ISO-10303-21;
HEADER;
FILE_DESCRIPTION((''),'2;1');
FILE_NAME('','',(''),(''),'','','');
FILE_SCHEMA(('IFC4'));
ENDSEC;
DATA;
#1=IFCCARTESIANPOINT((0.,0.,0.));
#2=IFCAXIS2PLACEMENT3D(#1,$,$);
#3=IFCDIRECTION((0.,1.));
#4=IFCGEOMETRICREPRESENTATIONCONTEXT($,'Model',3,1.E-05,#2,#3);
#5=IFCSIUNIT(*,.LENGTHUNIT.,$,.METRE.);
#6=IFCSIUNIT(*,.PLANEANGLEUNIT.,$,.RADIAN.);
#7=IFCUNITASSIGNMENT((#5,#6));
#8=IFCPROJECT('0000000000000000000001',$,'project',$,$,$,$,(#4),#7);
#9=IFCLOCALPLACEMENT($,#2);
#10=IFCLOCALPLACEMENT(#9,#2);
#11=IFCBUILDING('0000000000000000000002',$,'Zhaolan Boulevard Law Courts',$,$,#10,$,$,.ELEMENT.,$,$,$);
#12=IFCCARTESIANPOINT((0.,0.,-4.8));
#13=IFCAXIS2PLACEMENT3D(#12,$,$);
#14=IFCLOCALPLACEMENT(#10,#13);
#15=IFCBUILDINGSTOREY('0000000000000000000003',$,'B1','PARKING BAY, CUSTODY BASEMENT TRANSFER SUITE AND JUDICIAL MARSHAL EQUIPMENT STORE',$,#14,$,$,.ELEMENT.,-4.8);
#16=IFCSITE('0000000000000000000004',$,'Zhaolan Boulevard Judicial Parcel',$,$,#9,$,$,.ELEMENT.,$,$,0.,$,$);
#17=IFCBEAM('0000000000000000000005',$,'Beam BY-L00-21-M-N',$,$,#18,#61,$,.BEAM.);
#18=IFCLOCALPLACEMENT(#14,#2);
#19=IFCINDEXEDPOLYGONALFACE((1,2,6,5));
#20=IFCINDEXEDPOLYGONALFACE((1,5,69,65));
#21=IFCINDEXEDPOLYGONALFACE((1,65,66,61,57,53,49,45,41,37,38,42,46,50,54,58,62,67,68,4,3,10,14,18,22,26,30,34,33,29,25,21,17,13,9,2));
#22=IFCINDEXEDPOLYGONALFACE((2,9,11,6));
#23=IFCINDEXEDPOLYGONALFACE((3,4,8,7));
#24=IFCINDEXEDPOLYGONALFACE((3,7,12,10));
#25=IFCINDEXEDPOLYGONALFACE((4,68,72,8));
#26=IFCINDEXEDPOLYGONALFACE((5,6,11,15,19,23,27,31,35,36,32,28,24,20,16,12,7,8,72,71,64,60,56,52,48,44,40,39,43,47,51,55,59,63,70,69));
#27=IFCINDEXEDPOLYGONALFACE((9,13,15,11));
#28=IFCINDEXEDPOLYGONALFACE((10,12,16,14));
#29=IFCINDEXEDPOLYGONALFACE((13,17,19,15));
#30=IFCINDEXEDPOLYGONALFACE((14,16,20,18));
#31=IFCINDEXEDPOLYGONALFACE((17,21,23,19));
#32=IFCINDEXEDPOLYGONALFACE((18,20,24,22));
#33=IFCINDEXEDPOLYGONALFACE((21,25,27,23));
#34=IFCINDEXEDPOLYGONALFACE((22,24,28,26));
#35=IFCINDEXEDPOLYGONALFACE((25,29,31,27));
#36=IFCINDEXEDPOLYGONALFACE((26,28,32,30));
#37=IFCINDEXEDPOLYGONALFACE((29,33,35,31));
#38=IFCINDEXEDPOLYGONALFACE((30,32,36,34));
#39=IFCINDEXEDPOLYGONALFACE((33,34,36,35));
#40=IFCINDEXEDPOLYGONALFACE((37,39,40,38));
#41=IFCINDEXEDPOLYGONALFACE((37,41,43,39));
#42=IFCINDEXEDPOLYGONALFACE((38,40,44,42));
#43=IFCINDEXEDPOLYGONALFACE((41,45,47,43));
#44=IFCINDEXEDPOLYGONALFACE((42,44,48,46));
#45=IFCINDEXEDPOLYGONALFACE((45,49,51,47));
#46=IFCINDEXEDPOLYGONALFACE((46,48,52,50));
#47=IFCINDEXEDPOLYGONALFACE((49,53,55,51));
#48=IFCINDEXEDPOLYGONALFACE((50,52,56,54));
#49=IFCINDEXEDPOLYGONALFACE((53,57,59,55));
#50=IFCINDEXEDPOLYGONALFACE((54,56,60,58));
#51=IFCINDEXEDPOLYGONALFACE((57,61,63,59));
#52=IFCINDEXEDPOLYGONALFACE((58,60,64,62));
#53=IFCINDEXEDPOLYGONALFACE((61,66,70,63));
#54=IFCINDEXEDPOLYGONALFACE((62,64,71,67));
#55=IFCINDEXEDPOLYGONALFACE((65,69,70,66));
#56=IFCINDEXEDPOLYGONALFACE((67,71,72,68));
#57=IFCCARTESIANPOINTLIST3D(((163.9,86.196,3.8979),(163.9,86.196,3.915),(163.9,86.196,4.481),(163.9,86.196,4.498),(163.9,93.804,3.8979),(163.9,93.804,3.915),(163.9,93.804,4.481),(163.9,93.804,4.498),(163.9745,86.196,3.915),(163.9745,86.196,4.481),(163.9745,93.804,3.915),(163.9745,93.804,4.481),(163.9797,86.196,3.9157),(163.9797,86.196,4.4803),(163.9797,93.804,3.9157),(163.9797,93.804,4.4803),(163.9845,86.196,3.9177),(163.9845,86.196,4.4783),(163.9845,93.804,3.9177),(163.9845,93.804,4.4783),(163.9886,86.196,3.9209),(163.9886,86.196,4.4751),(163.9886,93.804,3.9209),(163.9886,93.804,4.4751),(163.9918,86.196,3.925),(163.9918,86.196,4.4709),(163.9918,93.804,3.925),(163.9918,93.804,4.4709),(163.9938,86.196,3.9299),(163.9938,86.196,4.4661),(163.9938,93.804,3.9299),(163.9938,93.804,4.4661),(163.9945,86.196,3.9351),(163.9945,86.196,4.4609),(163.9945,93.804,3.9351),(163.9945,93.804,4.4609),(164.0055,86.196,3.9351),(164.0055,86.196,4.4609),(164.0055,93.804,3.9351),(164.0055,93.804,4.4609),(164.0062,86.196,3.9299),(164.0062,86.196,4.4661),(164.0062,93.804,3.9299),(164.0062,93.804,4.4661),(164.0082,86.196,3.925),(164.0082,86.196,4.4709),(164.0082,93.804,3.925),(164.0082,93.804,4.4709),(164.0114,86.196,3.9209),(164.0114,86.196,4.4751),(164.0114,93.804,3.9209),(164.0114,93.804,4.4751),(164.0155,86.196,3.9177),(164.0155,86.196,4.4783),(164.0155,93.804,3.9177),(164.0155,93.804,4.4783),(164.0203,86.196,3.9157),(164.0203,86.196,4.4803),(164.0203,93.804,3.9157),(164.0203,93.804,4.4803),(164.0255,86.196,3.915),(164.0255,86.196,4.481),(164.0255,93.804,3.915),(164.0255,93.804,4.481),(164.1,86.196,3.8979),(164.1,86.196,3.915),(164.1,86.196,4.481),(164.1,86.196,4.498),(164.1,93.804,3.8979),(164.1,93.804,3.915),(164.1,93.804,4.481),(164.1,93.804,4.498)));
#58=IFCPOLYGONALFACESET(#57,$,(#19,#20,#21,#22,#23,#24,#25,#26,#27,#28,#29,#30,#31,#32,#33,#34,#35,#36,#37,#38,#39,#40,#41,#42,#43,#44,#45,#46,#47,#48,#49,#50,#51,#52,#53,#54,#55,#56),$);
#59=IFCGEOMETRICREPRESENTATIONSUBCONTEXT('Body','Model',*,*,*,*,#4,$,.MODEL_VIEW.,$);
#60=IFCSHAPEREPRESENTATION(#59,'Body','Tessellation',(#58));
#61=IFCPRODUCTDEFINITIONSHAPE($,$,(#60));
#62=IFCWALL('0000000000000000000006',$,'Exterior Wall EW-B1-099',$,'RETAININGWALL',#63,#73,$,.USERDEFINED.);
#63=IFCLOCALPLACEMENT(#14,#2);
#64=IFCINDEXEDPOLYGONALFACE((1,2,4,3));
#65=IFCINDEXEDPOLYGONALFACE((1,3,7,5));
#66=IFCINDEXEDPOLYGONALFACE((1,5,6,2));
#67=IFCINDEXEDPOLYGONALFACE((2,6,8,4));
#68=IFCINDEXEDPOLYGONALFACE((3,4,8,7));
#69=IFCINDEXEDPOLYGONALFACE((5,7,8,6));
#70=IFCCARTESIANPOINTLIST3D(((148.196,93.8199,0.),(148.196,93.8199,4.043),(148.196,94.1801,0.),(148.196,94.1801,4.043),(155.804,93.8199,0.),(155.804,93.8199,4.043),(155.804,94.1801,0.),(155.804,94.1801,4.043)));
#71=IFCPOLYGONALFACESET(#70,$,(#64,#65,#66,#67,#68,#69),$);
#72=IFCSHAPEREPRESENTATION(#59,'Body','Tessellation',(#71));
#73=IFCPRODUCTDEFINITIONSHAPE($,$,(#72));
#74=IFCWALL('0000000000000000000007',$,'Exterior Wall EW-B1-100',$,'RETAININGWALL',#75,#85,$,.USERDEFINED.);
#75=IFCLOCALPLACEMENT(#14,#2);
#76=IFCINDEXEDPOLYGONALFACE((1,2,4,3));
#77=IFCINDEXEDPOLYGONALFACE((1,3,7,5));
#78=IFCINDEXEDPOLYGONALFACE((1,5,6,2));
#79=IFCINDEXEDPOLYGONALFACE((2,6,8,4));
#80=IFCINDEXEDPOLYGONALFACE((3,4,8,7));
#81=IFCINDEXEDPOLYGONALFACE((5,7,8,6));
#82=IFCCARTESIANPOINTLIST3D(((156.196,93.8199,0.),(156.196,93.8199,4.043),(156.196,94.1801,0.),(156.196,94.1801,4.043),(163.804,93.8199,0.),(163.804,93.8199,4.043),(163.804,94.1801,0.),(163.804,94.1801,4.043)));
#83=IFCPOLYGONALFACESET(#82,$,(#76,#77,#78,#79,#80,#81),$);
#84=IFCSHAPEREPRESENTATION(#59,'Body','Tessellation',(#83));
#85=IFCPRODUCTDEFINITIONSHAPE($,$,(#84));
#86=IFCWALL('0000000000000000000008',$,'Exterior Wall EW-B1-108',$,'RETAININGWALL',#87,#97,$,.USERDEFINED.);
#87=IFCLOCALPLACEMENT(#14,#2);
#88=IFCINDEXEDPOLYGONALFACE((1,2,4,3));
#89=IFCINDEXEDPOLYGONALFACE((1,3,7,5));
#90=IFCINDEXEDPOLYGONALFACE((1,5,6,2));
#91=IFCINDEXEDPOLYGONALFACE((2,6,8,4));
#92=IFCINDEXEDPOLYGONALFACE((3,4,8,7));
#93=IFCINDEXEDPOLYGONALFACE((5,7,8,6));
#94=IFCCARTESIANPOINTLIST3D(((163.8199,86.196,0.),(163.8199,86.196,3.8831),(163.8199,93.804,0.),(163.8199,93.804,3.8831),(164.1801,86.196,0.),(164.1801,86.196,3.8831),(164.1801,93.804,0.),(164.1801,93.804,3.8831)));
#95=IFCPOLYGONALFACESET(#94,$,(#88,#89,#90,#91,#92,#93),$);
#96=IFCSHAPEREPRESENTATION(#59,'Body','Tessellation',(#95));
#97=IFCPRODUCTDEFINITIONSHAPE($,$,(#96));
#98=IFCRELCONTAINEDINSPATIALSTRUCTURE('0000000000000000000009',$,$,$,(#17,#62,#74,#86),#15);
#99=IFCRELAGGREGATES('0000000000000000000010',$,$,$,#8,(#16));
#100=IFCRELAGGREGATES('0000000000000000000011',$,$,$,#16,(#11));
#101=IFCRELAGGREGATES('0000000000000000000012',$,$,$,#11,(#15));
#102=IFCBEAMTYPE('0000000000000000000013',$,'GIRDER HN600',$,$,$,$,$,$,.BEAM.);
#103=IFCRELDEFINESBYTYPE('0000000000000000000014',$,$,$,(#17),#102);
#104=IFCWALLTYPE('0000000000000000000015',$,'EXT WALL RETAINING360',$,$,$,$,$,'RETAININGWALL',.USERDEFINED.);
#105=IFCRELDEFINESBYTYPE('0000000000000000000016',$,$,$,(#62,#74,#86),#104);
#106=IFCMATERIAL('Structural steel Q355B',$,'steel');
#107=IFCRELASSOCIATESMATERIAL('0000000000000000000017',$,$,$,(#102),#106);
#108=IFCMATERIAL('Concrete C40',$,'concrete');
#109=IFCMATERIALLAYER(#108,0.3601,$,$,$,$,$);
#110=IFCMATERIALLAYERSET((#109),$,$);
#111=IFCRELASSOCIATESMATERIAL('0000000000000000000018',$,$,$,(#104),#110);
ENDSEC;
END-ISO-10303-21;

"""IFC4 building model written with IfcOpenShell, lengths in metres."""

from ifc_helpers import new_model, si_unit, direction, frame, frame_2d, origin, origin_2d, place, context, subcontext, project, spatial, rectangle, i_section, extrude, material, layer, layer_set, material_profile, profile_set, type_object, element, save


model = new_model("IFC4")

# Units and contexts
model_context = context("Model", 3, precision=1e-05, world=origin(), true_north=direction((0.0, 1.0)))
body_context = subcontext(model_context, "Body", "Model", "MODEL_VIEW")
ifc_project = project(units=[si_unit("LENGTHUNIT", "METRE"), si_unit("PLANEANGLEUNIT", "RADIAN")], contexts=[model_context])

# Site, building, storey
site_placement = place(None, origin())
site = spatial("IfcSite", under=ifc_project, at=site_placement, Name="Zhaolan Boulevard Judicial Parcel", CompositionType="ELEMENT", RefElevation=0.0)
building_placement = place(site_placement, origin())
building = spatial("IfcBuilding", under=site, at=building_placement, Name="Zhaolan Boulevard Law Courts", CompositionType="ELEMENT")
storey_placement = place(building_placement, frame((0.0, 0.0, -4.8)))
storey = spatial("IfcBuildingStorey", under=building, at=storey_placement, Name="B1", Description="PARKING BAY, CUSTODY BASEMENT TRANSFER SUITE AND JUDICIAL MARSHAL EQUIPMENT STORE", CompositionType="ELEMENT", Elevation=-4.8)

# Beam
ifc_material_1 = material(Name="Structural steel Q355B", Category="steel")
ifc_material_profile_1 = material_profile(ifc_material_1, i_section(OverallWidth=0.2, OverallDepth=0.6001, WebThickness=0.011, FlangeThickness=0.0171, FilletRadius=0.02, at=origin_2d()), Name="HN600x200")
ifc_profile_set_1 = profile_set([ifc_material_profile_1], Name="Structural steel Q355B")
beam_type_1 = type_object("IfcBeamType", Name="GIRDER HN600", PredefinedType="BEAM", material=ifc_profile_set_1)
beam_1_placement = place(storey_placement, frame((164.0, 86.196, 4.198), z_axis=(0.0, 1.0, 0.0), x_axis=(-1.0, 0.0, 0.0)))
element("IfcBeam", 1, at=beam_1_placement, inside=storey, type_object=beam_type_1, Name="Beam BY-L00-21-M-N", PredefinedType="BEAM", context=body_context, shape_type="SweptSolid", body=[
    extrude(i_section(OverallWidth=0.2, OverallDepth=0.6001, WebThickness=0.011, FlangeThickness=0.0171, FilletRadius=0.02, at=origin_2d()), origin(), (0.0, 0.0, 1.0), 7.6079),
])

# Walls
ifc_material_2 = material(Name="Concrete C40", Category="concrete")
ifc_layer = layer(ifc_material_2, 0.3601)
ifc_layer_set = layer_set([ifc_layer])
wall_type = type_object("IfcWallType", Name="EXT WALL RETAINING360", ElementType="RETAININGWALL", PredefinedType="USERDEFINED", material=ifc_layer_set)
for number, where, z_axis, x_axis, name in (
    (2, (155.804, 94.0, 0.0), (0.0, 0.0, 1.0), (-1.0, 0.0, 0.0), "Exterior Wall EW-B1-099"),
    (3, (163.804, 94.0, 0.0), (0.0, 0.0, 1.0), (-1.0, 0.0, 0.0), "Exterior Wall EW-B1-100"),
):
    element("IfcWall", number, at=place(storey_placement, frame(where, z_axis=z_axis, x_axis=x_axis)), inside=storey, type_object=wall_type, Name=name, ObjectType="RETAININGWALL", PredefinedType="USERDEFINED", context=body_context, shape_type="SweptSolid", body=[
        extrude(rectangle(XDim=7.6079, YDim=0.3601, at=frame_2d((3.804, 0.0))), origin(), (0.0, 0.0, 1.0), 4.043),
    ])
wall_placement = place(storey_placement, frame((164.0, 86.196, 0.0), z_axis=(0.0, 0.0, 1.0), x_axis=(0.0, 1.0, 0.0)))
element("IfcWall", 4, at=wall_placement, inside=storey, type_object=wall_type, Name="Exterior Wall EW-B1-108", ObjectType="RETAININGWALL", PredefinedType="USERDEFINED", context=body_context, shape_type="SweptSolid", body=[
    extrude(rectangle(XDim=7.6079, YDim=0.3601, at=frame_2d((3.804, 0.0))), origin(), (0.0, 0.0, 1.0), 3.8831),
])

save(model, "model.ifc")
